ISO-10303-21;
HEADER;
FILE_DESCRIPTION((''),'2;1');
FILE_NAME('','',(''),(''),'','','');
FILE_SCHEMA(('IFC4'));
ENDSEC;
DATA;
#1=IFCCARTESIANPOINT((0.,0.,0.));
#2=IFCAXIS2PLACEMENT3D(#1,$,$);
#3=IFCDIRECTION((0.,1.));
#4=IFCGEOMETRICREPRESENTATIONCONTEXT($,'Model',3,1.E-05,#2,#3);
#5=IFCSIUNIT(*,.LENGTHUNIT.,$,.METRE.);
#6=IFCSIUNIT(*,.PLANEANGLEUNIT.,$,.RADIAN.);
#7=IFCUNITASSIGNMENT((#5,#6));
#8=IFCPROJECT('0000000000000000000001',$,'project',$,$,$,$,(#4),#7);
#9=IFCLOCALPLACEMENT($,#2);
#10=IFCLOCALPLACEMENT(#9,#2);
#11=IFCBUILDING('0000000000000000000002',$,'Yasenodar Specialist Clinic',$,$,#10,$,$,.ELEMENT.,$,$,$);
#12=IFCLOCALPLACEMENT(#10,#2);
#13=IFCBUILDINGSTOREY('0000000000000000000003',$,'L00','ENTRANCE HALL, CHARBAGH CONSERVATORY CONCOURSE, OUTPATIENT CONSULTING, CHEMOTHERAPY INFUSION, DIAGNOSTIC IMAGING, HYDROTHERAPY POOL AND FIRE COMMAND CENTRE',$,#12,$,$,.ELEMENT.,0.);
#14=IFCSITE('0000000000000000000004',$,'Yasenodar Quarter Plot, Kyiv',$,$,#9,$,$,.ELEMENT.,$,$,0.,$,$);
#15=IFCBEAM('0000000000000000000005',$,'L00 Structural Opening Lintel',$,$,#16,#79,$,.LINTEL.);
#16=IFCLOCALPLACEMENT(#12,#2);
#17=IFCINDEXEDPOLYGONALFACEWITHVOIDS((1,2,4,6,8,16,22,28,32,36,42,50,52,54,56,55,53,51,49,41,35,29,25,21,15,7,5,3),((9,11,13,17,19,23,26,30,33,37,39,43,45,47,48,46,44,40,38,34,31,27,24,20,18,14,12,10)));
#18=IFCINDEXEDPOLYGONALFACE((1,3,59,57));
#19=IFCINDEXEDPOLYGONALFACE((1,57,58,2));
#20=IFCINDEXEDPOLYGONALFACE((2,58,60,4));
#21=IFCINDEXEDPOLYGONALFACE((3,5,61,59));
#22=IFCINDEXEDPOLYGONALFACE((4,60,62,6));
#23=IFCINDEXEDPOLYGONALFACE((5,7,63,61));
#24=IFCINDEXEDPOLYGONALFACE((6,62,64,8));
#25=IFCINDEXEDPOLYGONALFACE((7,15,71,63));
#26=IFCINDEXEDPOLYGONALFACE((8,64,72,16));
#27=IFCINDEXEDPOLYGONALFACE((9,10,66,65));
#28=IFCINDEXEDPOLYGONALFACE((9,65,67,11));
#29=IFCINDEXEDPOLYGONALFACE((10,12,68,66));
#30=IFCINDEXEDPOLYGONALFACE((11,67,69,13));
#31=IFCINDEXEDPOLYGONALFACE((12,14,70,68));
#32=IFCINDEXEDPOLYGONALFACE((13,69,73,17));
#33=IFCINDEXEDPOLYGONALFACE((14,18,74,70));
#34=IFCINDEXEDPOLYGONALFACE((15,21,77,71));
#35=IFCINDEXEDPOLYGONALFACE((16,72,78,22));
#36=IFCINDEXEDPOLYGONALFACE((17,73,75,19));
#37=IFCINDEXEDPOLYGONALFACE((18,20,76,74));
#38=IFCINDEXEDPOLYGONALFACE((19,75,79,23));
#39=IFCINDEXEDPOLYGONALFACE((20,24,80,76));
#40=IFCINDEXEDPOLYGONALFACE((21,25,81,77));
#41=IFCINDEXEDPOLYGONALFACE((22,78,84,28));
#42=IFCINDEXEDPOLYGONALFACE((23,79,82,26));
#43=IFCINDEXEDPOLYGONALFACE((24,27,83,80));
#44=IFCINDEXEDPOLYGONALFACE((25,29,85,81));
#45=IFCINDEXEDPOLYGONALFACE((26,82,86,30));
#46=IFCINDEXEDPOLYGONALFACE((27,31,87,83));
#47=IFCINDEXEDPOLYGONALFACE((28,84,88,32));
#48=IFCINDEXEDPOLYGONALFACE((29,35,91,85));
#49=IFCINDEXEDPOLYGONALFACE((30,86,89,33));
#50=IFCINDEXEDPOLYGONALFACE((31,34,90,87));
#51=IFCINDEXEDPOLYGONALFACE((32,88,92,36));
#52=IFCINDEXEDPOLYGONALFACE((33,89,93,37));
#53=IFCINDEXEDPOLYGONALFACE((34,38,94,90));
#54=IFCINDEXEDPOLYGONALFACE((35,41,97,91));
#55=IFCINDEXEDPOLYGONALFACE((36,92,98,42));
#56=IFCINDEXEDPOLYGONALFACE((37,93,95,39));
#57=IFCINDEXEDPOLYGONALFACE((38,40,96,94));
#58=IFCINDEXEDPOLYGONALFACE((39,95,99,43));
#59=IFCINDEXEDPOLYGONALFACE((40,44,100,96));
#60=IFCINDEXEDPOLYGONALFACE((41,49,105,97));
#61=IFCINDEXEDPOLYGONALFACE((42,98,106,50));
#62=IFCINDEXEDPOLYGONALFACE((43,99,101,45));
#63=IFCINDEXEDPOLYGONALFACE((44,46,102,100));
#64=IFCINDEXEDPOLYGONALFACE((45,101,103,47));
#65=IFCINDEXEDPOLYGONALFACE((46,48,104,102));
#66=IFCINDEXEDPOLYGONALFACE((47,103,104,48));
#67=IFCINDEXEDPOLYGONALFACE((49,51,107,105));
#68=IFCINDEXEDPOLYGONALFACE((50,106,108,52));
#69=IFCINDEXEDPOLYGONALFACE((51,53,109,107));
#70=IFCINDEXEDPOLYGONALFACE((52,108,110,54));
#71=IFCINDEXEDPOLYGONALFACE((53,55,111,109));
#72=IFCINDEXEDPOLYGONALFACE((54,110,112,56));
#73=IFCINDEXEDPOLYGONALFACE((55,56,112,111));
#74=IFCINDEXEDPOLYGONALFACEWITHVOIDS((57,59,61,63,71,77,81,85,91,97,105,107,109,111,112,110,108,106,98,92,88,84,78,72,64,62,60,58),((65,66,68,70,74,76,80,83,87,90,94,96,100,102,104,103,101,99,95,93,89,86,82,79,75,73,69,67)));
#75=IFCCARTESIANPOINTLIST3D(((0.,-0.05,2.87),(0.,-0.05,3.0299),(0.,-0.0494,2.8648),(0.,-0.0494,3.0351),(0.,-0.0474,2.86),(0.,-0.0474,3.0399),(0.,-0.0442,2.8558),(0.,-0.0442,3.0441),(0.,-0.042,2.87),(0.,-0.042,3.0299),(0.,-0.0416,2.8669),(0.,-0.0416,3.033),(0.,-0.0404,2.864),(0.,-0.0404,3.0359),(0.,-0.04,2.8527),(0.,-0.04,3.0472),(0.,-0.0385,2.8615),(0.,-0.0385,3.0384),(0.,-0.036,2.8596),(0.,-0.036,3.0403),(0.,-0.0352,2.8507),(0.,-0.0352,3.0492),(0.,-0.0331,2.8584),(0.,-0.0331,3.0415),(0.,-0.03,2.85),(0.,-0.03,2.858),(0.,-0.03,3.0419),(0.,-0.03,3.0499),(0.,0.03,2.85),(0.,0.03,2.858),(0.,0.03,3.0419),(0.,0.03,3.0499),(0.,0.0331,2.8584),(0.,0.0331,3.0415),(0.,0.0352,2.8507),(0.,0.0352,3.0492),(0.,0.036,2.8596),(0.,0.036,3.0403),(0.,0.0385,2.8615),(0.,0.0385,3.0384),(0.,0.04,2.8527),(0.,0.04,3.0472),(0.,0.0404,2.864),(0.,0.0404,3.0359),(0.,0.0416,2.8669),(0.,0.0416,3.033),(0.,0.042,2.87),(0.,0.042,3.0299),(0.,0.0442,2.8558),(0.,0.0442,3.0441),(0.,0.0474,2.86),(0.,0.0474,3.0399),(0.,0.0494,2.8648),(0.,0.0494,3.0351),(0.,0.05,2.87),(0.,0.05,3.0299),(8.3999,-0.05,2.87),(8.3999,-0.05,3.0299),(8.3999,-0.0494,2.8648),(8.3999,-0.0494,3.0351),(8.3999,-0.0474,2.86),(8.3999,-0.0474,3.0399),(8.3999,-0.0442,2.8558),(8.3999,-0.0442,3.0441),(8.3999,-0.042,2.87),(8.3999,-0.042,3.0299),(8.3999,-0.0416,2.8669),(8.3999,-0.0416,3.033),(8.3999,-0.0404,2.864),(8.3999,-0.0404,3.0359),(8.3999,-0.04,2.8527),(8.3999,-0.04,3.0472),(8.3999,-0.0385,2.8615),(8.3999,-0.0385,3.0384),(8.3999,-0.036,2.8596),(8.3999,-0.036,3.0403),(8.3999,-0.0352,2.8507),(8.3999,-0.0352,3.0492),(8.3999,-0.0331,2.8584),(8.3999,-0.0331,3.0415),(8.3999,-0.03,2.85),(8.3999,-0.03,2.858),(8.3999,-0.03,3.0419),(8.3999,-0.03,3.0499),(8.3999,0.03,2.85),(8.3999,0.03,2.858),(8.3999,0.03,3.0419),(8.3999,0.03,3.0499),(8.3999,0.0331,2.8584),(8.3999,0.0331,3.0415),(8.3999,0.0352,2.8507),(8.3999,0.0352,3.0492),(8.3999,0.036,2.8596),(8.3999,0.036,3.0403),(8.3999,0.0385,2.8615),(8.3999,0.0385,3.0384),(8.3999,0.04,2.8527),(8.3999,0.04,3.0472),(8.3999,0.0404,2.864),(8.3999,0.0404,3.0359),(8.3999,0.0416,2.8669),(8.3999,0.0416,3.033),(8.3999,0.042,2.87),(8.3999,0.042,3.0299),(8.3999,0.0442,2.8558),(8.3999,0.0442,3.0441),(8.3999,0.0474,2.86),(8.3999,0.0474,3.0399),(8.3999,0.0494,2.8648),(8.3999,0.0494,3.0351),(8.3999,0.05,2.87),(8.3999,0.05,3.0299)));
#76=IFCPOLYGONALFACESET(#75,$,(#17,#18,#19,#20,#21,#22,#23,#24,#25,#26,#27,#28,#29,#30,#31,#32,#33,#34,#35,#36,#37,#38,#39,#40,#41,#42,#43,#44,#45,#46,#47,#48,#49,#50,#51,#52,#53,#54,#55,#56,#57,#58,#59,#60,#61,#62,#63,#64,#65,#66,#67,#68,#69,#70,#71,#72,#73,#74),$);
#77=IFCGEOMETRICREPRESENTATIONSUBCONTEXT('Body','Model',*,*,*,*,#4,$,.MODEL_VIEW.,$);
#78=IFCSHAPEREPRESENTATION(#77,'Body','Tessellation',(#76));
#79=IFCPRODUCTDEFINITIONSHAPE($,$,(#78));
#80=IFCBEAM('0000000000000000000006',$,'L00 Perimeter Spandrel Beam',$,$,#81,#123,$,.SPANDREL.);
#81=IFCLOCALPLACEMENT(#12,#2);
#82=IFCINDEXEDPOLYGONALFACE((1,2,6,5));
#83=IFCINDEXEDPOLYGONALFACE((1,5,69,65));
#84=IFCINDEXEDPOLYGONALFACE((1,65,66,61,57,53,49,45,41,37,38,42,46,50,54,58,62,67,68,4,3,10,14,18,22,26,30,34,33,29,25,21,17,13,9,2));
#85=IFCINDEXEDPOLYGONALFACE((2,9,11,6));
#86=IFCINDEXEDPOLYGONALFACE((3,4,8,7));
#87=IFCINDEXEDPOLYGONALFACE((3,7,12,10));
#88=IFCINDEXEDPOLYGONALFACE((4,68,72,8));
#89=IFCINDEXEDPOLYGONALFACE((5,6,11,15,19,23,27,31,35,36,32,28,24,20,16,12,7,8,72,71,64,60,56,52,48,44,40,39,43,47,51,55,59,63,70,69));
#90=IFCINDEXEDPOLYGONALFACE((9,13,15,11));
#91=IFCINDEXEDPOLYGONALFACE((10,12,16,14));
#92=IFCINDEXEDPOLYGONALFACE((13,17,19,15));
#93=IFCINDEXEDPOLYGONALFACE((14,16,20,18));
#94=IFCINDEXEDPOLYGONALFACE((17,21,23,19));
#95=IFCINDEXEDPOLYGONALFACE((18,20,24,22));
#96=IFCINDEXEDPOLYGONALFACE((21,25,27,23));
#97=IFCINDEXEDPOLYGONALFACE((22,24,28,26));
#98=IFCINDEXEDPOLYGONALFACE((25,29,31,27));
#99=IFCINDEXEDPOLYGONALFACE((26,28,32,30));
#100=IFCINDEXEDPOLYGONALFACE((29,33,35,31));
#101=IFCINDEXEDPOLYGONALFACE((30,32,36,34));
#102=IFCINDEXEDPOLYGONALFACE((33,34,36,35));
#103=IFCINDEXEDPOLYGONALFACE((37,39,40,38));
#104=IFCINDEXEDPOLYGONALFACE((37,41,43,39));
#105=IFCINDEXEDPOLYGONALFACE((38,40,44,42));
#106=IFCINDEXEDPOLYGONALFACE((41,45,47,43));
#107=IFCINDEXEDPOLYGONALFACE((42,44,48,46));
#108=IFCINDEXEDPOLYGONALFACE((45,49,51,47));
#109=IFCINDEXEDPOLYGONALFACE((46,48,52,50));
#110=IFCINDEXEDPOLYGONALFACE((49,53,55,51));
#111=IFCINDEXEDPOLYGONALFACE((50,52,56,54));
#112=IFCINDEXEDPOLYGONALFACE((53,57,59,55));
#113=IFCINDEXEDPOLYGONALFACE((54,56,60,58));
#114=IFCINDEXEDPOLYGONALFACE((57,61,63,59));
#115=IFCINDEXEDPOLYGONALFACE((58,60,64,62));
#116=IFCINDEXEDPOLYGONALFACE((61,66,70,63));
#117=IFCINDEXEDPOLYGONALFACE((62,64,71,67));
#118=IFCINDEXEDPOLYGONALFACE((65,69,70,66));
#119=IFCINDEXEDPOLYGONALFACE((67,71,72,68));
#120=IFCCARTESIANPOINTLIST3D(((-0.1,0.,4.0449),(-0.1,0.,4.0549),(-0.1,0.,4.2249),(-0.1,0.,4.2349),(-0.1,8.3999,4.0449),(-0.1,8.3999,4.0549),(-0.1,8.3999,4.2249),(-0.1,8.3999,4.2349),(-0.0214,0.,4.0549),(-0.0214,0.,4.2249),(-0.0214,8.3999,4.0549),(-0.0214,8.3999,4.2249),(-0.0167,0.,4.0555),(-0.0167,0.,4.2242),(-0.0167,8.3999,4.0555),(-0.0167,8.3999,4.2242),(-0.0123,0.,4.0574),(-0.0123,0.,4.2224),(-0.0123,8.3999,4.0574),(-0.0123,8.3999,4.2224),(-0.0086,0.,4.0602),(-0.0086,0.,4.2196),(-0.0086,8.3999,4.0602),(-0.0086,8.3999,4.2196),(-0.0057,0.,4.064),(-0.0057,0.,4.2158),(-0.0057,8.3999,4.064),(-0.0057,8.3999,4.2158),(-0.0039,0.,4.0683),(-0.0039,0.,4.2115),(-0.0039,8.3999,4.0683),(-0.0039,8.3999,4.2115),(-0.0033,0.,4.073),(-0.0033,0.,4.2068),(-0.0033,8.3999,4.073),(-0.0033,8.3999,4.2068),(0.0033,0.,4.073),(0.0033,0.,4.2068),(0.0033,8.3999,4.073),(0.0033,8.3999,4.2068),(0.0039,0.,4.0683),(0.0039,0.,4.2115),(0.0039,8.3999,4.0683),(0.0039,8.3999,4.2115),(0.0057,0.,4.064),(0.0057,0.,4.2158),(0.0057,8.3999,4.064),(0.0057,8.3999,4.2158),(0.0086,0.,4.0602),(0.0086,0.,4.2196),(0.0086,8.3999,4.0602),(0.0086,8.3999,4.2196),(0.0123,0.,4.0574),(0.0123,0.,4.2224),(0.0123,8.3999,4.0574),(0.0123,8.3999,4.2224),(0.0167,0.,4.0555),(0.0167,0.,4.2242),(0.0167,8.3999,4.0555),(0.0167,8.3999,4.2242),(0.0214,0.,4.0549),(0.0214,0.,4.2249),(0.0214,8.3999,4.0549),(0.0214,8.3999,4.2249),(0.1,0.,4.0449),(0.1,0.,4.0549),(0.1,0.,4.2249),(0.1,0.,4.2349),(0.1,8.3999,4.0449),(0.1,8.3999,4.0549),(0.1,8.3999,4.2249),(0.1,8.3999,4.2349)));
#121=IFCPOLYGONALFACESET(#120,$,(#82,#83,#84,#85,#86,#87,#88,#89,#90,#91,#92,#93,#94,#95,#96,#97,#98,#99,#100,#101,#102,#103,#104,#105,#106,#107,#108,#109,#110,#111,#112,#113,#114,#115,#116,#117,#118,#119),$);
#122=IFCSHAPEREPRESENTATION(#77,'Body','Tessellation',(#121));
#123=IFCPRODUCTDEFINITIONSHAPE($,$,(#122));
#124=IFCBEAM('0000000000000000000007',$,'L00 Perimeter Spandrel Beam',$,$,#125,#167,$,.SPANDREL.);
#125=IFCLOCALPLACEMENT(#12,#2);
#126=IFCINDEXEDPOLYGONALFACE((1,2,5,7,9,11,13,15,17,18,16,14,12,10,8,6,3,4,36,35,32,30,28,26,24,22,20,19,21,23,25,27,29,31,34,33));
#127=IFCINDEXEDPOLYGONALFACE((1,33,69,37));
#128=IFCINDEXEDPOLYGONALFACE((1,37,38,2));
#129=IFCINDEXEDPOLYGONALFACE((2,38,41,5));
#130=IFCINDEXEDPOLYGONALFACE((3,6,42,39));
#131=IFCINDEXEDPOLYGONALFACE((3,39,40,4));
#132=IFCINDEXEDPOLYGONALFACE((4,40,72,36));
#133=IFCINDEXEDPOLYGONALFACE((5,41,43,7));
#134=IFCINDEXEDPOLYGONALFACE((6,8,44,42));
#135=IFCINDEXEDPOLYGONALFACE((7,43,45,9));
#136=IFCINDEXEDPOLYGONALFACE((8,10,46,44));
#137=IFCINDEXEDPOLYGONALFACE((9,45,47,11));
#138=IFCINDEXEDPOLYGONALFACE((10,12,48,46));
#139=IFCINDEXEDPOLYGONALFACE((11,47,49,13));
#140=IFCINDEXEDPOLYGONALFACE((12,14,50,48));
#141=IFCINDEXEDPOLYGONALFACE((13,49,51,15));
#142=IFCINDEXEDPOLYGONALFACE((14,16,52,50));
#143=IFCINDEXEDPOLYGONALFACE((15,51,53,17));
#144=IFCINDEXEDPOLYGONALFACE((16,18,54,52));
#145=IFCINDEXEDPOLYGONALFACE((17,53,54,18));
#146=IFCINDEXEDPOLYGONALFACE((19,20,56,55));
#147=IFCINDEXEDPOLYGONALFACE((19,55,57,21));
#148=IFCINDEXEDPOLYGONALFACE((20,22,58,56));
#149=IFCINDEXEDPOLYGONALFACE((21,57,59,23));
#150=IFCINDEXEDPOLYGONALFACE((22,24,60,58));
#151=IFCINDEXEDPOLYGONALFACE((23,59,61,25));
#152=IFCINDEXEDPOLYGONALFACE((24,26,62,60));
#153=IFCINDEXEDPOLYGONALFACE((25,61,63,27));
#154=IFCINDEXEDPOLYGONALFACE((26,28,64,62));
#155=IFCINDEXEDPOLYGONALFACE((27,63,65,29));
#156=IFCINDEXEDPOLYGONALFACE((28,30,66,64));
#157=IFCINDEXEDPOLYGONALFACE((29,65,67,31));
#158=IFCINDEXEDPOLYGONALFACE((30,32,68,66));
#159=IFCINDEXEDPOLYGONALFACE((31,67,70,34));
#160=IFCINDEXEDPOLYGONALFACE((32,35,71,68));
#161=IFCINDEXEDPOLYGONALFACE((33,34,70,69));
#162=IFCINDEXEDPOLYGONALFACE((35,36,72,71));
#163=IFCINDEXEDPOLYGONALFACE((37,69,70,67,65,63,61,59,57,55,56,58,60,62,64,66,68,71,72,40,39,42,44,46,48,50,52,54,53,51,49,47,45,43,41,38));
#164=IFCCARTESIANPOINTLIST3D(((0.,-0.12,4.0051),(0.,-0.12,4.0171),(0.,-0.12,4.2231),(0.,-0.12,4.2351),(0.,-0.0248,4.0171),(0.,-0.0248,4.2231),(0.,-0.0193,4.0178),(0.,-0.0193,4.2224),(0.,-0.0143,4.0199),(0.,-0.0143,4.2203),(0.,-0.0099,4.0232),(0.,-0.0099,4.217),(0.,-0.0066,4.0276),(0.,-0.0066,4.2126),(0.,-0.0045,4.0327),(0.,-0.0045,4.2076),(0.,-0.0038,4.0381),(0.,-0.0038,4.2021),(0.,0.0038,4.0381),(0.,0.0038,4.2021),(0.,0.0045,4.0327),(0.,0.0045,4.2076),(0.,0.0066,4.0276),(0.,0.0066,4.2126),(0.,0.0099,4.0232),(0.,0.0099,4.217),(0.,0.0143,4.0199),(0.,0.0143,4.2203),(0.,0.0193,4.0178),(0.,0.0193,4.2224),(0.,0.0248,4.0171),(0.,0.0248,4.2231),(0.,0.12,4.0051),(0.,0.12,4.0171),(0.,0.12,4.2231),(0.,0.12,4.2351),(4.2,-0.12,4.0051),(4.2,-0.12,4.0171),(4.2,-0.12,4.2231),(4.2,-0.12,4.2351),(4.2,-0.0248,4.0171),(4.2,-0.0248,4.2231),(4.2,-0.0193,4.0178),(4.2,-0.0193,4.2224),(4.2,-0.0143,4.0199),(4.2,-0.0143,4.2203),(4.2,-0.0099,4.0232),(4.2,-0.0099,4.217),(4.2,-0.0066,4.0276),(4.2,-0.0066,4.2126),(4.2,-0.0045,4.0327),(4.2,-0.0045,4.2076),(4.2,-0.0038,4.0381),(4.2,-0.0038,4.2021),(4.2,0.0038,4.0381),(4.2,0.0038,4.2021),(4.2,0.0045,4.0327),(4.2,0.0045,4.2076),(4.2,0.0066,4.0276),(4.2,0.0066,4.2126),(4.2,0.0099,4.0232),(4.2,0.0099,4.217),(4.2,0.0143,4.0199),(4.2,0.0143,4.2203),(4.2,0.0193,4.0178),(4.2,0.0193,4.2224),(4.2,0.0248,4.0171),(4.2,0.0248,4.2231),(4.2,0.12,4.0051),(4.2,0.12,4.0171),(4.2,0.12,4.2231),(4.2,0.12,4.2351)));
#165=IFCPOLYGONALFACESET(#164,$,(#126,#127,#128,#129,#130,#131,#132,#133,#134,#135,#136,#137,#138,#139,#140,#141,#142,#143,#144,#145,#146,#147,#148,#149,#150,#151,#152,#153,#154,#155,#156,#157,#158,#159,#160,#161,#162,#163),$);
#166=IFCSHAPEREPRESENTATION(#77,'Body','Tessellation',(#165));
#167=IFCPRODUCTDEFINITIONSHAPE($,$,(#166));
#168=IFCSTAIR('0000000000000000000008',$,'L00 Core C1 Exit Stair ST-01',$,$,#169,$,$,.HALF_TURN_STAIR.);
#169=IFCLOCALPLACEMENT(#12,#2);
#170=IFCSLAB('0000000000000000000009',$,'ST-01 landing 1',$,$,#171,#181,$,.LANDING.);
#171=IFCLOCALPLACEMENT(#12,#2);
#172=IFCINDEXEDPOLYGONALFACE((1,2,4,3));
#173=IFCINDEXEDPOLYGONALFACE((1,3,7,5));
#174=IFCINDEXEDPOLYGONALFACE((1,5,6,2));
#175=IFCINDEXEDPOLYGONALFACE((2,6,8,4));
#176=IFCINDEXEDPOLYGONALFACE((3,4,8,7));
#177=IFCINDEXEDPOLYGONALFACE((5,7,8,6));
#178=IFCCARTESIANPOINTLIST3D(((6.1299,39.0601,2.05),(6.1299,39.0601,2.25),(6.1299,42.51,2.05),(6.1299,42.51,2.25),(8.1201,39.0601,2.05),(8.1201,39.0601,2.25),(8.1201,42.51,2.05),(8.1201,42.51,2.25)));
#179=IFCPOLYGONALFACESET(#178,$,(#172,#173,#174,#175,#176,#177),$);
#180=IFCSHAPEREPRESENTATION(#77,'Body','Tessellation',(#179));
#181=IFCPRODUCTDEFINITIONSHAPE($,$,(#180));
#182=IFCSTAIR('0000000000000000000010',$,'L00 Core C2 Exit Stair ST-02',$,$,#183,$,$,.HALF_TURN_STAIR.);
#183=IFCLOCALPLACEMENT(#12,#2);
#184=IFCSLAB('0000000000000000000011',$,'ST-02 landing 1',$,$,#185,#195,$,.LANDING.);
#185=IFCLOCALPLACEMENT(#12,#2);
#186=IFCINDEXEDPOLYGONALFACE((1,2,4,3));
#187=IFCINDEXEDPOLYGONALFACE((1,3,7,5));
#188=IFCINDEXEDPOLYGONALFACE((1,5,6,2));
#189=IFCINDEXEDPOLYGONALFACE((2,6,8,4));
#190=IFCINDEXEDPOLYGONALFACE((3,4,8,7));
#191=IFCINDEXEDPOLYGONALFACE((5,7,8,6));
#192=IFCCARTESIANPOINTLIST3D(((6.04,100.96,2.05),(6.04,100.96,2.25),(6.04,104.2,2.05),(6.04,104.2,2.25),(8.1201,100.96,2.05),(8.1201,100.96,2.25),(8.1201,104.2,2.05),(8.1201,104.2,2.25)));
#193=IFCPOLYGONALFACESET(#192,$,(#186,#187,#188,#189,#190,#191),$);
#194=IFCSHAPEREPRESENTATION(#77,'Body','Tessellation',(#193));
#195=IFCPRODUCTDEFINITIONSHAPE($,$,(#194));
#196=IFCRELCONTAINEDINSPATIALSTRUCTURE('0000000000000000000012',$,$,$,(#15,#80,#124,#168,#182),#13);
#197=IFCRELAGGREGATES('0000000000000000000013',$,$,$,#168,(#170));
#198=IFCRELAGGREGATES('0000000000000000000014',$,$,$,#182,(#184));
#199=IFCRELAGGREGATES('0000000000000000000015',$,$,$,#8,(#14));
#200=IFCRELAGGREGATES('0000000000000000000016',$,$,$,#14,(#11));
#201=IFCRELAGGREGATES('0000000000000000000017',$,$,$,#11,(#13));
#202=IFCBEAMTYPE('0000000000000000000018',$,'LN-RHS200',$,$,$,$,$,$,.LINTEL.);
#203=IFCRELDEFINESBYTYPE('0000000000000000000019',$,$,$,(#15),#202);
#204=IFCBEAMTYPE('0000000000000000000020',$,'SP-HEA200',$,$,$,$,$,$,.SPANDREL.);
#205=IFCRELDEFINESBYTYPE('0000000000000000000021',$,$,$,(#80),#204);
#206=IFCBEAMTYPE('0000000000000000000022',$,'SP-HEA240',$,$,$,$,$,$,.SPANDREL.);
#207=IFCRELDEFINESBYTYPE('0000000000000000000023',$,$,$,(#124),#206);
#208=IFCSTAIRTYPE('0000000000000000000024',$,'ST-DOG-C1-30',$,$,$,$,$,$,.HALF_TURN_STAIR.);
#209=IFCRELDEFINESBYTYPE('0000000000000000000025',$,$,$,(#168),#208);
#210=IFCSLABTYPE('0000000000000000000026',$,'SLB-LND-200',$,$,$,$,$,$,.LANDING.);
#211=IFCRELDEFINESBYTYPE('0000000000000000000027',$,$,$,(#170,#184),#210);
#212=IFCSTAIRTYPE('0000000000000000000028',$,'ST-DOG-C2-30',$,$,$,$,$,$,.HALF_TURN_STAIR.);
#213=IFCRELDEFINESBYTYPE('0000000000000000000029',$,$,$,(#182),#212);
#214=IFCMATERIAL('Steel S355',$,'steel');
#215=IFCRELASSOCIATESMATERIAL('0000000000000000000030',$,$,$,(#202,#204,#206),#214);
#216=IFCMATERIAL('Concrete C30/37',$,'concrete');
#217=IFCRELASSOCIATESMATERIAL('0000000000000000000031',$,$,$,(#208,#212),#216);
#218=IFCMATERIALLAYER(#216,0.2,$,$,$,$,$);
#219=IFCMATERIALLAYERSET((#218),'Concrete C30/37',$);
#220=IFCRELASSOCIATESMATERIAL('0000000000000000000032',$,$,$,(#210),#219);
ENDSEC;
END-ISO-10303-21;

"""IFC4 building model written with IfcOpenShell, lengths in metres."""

from ifc_helpers import new_model, si_unit, direction, frame, origin, origin_2d, place, context, subcontext, project, spatial, polyline, hollow_rectangle, i_section, outline, extrude, material, layer, layer_set, material_profile, profile_set, type_object, element, aggregate, save


model = new_model("IFC4")

# Units and contexts
model_context = context("Model", 3, precision=1e-05, world=origin(), true_north=direction((0.0, 1.0)))
body_context = subcontext(model_context, "Body", "Model", "MODEL_VIEW")
ifc_project = project(units=[si_unit("LENGTHUNIT", "METRE"), si_unit("PLANEANGLEUNIT", "RADIAN")], contexts=[model_context])

# Site, building, storey
site_placement = place(None, origin())
site = spatial("IfcSite", under=ifc_project, at=site_placement, Name="Yasenodar Quarter Plot, Kyiv", CompositionType="ELEMENT", RefElevation=0.0)
building_placement = place(site_placement, origin())
building = spatial("IfcBuilding", under=site, at=building_placement, Name="Yasenodar Specialist Clinic", CompositionType="ELEMENT")
storey_placement = place(building_placement, origin())
storey = spatial("IfcBuildingStorey", under=building, at=storey_placement, Name="L00", Description="ENTRANCE HALL, CHARBAGH CONSERVATORY CONCOURSE, OUTPATIENT CONSULTING, CHEMOTHERAPY INFUSION, DIAGNOSTIC IMAGING, HYDROTHERAPY POOL AND FIRE COMMAND CENTRE", CompositionType="ELEMENT", Elevation=0.0)

# Beams
ifc_material_1 = material(Name="Steel S355", Category="steel")
ifc_material_profile_1 = material_profile(ifc_material_1, hollow_rectangle(XDim=0.1001, YDim=0.2, WallThickness=0.0081, InnerFilletRadius=0.012, OuterFilletRadius=0.02, at=origin_2d()), Name="RHS 200x100x8")
ifc_profile_set_1 = profile_set([ifc_material_profile_1], Name="Steel S355")
beam_type_1 = type_object("IfcBeamType", Name="LN-RHS200", PredefinedType="LINTEL", material=ifc_profile_set_1)
beam_1_placement = place(storey_placement, frame((0.0, 0.0, 2.95), z_axis=(1.0, 0.0, 0.0), x_axis=(0.0, 1.0, 0.0)))
element("IfcBeam", 1, at=beam_1_placement, inside=storey, type_object=beam_type_1, Name="L00 Structural Opening Lintel", PredefinedType="LINTEL", context=body_context, shape_type="SweptSolid", body=[
    extrude(hollow_rectangle(XDim=0.1001, YDim=0.2, WallThickness=0.0081, InnerFilletRadius=0.012, OuterFilletRadius=0.02, at=origin_2d()), origin(), (0.0, 0.0, 1.0), 8.3999),
])
ifc_material_profile_2 = material_profile(ifc_material_1, i_section(OverallWidth=0.2, OverallDepth=0.1899, WebThickness=0.0066, FlangeThickness=0.01, FilletRadius=0.0181, at=origin_2d()), Name="HEA 200")
ifc_profile_set_2 = profile_set([ifc_material_profile_2], Name="Steel S355")
beam_type_2 = type_object("IfcBeamType", Name="SP-HEA200", PredefinedType="SPANDREL", material=ifc_profile_set_2)
beam_2_placement = place(storey_placement, frame((0.0, 0.0, 4.1399), z_axis=(0.0, 1.0, 0.0), x_axis=(-1.0, 0.0, 0.0)))
element("IfcBeam", 2, at=beam_2_placement, inside=storey, type_object=beam_type_2, Name="L00 Perimeter Spandrel Beam", PredefinedType="SPANDREL", context=body_context, shape_type="SweptSolid", body=[
    extrude(i_section(OverallWidth=0.2, OverallDepth=0.1899, WebThickness=0.0066, FlangeThickness=0.01, FilletRadius=0.0181, at=origin_2d()), origin(), (0.0, 0.0, 1.0), 8.3999),
])
ifc_material_profile_3 = material_profile(ifc_material_1, i_section(OverallWidth=0.24, OverallDepth=0.23, WebThickness=0.0076, FlangeThickness=0.012, FilletRadius=0.021, at=origin_2d()), Name="HEA 240")
ifc_profile_set_3 = profile_set([ifc_material_profile_3], Name="Steel S355")
beam_type_3 = type_object("IfcBeamType", Name="SP-HEA240", PredefinedType="SPANDREL", material=ifc_profile_set_3)
beam_3_placement = place(storey_placement, frame((0.0, 0.0, 4.1201), z_axis=(1.0, 0.0, 0.0), x_axis=(0.0, 1.0, 0.0)))
element("IfcBeam", 3, at=beam_3_placement, inside=storey, type_object=beam_type_3, Name="L00 Perimeter Spandrel Beam", PredefinedType="SPANDREL", context=body_context, shape_type="SweptSolid", body=[
    extrude(i_section(OverallWidth=0.24, OverallDepth=0.23, WebThickness=0.0076, FlangeThickness=0.012, FilletRadius=0.021, at=origin_2d()), origin(), (0.0, 0.0, 1.0), 4.2),
])

# Stairs, slabs
ifc_material_2 = material(Name="Concrete C30/37", Category="concrete")
stair_type_1 = type_object("IfcStairType", Name="ST-DOG-C1-30", PredefinedType="HALF_TURN_STAIR", material=ifc_material_2)
stair_1_placement = place(storey_placement, origin())
stair_1 = element("IfcStair", 4, at=stair_1_placement, inside=storey, type_object=stair_type_1, Name="L00 Core C1 Exit Stair ST-01", PredefinedType="HALF_TURN_STAIR")
ifc_layer_1 = layer(ifc_material_2, 0.2)
ifc_layer_set_1 = layer_set([ifc_layer_1], Name="Concrete C30/37")
slab_type = type_object("IfcSlabType", Name="SLB-LND-200", PredefinedType="LANDING", material=ifc_layer_set_1)
slab_1_placement = place(storey_placement, frame((0.0, 0.0, 2.05)))
slab_1 = element("IfcSlab", 5, at=slab_1_placement, type_object=slab_type, Name="ST-01 landing 1", PredefinedType="LANDING", context=body_context, shape_type="SweptSolid", body=[
    extrude(outline(polyline([(6.1299, 39.0601), (8.1201, 39.0601), (8.1201, 42.51), (6.1299, 42.51), (6.1299, 39.0601)])), origin(), (0.0, 0.0, 1.0), 0.2),
])
aggregate(stair_1, [slab_1])
stair_type_2 = type_object("IfcStairType", Name="ST-DOG-C2-30", PredefinedType="HALF_TURN_STAIR", material=ifc_material_2)
stair_2_placement = place(storey_placement, origin())
stair_2 = element("IfcStair", 6, at=stair_2_placement, inside=storey, type_object=stair_type_2, Name="L00 Core C2 Exit Stair ST-02", PredefinedType="HALF_TURN_STAIR")
slab_2_placement = place(storey_placement, frame((0.0, 0.0, 2.05)))
slab_2 = element("IfcSlab", 7, at=slab_2_placement, type_object=slab_type, Name="ST-02 landing 1", PredefinedType="LANDING", context=body_context, shape_type="SweptSolid", body=[
    extrude(outline(polyline([(6.04, 100.96), (8.1201, 100.96), (8.1201, 104.2), (6.04, 104.2), (6.04, 100.96)])), origin(), (0.0, 0.0, 1.0), 0.2),
])
aggregate(stair_2, [slab_2])

save(model, "model.ifc")
